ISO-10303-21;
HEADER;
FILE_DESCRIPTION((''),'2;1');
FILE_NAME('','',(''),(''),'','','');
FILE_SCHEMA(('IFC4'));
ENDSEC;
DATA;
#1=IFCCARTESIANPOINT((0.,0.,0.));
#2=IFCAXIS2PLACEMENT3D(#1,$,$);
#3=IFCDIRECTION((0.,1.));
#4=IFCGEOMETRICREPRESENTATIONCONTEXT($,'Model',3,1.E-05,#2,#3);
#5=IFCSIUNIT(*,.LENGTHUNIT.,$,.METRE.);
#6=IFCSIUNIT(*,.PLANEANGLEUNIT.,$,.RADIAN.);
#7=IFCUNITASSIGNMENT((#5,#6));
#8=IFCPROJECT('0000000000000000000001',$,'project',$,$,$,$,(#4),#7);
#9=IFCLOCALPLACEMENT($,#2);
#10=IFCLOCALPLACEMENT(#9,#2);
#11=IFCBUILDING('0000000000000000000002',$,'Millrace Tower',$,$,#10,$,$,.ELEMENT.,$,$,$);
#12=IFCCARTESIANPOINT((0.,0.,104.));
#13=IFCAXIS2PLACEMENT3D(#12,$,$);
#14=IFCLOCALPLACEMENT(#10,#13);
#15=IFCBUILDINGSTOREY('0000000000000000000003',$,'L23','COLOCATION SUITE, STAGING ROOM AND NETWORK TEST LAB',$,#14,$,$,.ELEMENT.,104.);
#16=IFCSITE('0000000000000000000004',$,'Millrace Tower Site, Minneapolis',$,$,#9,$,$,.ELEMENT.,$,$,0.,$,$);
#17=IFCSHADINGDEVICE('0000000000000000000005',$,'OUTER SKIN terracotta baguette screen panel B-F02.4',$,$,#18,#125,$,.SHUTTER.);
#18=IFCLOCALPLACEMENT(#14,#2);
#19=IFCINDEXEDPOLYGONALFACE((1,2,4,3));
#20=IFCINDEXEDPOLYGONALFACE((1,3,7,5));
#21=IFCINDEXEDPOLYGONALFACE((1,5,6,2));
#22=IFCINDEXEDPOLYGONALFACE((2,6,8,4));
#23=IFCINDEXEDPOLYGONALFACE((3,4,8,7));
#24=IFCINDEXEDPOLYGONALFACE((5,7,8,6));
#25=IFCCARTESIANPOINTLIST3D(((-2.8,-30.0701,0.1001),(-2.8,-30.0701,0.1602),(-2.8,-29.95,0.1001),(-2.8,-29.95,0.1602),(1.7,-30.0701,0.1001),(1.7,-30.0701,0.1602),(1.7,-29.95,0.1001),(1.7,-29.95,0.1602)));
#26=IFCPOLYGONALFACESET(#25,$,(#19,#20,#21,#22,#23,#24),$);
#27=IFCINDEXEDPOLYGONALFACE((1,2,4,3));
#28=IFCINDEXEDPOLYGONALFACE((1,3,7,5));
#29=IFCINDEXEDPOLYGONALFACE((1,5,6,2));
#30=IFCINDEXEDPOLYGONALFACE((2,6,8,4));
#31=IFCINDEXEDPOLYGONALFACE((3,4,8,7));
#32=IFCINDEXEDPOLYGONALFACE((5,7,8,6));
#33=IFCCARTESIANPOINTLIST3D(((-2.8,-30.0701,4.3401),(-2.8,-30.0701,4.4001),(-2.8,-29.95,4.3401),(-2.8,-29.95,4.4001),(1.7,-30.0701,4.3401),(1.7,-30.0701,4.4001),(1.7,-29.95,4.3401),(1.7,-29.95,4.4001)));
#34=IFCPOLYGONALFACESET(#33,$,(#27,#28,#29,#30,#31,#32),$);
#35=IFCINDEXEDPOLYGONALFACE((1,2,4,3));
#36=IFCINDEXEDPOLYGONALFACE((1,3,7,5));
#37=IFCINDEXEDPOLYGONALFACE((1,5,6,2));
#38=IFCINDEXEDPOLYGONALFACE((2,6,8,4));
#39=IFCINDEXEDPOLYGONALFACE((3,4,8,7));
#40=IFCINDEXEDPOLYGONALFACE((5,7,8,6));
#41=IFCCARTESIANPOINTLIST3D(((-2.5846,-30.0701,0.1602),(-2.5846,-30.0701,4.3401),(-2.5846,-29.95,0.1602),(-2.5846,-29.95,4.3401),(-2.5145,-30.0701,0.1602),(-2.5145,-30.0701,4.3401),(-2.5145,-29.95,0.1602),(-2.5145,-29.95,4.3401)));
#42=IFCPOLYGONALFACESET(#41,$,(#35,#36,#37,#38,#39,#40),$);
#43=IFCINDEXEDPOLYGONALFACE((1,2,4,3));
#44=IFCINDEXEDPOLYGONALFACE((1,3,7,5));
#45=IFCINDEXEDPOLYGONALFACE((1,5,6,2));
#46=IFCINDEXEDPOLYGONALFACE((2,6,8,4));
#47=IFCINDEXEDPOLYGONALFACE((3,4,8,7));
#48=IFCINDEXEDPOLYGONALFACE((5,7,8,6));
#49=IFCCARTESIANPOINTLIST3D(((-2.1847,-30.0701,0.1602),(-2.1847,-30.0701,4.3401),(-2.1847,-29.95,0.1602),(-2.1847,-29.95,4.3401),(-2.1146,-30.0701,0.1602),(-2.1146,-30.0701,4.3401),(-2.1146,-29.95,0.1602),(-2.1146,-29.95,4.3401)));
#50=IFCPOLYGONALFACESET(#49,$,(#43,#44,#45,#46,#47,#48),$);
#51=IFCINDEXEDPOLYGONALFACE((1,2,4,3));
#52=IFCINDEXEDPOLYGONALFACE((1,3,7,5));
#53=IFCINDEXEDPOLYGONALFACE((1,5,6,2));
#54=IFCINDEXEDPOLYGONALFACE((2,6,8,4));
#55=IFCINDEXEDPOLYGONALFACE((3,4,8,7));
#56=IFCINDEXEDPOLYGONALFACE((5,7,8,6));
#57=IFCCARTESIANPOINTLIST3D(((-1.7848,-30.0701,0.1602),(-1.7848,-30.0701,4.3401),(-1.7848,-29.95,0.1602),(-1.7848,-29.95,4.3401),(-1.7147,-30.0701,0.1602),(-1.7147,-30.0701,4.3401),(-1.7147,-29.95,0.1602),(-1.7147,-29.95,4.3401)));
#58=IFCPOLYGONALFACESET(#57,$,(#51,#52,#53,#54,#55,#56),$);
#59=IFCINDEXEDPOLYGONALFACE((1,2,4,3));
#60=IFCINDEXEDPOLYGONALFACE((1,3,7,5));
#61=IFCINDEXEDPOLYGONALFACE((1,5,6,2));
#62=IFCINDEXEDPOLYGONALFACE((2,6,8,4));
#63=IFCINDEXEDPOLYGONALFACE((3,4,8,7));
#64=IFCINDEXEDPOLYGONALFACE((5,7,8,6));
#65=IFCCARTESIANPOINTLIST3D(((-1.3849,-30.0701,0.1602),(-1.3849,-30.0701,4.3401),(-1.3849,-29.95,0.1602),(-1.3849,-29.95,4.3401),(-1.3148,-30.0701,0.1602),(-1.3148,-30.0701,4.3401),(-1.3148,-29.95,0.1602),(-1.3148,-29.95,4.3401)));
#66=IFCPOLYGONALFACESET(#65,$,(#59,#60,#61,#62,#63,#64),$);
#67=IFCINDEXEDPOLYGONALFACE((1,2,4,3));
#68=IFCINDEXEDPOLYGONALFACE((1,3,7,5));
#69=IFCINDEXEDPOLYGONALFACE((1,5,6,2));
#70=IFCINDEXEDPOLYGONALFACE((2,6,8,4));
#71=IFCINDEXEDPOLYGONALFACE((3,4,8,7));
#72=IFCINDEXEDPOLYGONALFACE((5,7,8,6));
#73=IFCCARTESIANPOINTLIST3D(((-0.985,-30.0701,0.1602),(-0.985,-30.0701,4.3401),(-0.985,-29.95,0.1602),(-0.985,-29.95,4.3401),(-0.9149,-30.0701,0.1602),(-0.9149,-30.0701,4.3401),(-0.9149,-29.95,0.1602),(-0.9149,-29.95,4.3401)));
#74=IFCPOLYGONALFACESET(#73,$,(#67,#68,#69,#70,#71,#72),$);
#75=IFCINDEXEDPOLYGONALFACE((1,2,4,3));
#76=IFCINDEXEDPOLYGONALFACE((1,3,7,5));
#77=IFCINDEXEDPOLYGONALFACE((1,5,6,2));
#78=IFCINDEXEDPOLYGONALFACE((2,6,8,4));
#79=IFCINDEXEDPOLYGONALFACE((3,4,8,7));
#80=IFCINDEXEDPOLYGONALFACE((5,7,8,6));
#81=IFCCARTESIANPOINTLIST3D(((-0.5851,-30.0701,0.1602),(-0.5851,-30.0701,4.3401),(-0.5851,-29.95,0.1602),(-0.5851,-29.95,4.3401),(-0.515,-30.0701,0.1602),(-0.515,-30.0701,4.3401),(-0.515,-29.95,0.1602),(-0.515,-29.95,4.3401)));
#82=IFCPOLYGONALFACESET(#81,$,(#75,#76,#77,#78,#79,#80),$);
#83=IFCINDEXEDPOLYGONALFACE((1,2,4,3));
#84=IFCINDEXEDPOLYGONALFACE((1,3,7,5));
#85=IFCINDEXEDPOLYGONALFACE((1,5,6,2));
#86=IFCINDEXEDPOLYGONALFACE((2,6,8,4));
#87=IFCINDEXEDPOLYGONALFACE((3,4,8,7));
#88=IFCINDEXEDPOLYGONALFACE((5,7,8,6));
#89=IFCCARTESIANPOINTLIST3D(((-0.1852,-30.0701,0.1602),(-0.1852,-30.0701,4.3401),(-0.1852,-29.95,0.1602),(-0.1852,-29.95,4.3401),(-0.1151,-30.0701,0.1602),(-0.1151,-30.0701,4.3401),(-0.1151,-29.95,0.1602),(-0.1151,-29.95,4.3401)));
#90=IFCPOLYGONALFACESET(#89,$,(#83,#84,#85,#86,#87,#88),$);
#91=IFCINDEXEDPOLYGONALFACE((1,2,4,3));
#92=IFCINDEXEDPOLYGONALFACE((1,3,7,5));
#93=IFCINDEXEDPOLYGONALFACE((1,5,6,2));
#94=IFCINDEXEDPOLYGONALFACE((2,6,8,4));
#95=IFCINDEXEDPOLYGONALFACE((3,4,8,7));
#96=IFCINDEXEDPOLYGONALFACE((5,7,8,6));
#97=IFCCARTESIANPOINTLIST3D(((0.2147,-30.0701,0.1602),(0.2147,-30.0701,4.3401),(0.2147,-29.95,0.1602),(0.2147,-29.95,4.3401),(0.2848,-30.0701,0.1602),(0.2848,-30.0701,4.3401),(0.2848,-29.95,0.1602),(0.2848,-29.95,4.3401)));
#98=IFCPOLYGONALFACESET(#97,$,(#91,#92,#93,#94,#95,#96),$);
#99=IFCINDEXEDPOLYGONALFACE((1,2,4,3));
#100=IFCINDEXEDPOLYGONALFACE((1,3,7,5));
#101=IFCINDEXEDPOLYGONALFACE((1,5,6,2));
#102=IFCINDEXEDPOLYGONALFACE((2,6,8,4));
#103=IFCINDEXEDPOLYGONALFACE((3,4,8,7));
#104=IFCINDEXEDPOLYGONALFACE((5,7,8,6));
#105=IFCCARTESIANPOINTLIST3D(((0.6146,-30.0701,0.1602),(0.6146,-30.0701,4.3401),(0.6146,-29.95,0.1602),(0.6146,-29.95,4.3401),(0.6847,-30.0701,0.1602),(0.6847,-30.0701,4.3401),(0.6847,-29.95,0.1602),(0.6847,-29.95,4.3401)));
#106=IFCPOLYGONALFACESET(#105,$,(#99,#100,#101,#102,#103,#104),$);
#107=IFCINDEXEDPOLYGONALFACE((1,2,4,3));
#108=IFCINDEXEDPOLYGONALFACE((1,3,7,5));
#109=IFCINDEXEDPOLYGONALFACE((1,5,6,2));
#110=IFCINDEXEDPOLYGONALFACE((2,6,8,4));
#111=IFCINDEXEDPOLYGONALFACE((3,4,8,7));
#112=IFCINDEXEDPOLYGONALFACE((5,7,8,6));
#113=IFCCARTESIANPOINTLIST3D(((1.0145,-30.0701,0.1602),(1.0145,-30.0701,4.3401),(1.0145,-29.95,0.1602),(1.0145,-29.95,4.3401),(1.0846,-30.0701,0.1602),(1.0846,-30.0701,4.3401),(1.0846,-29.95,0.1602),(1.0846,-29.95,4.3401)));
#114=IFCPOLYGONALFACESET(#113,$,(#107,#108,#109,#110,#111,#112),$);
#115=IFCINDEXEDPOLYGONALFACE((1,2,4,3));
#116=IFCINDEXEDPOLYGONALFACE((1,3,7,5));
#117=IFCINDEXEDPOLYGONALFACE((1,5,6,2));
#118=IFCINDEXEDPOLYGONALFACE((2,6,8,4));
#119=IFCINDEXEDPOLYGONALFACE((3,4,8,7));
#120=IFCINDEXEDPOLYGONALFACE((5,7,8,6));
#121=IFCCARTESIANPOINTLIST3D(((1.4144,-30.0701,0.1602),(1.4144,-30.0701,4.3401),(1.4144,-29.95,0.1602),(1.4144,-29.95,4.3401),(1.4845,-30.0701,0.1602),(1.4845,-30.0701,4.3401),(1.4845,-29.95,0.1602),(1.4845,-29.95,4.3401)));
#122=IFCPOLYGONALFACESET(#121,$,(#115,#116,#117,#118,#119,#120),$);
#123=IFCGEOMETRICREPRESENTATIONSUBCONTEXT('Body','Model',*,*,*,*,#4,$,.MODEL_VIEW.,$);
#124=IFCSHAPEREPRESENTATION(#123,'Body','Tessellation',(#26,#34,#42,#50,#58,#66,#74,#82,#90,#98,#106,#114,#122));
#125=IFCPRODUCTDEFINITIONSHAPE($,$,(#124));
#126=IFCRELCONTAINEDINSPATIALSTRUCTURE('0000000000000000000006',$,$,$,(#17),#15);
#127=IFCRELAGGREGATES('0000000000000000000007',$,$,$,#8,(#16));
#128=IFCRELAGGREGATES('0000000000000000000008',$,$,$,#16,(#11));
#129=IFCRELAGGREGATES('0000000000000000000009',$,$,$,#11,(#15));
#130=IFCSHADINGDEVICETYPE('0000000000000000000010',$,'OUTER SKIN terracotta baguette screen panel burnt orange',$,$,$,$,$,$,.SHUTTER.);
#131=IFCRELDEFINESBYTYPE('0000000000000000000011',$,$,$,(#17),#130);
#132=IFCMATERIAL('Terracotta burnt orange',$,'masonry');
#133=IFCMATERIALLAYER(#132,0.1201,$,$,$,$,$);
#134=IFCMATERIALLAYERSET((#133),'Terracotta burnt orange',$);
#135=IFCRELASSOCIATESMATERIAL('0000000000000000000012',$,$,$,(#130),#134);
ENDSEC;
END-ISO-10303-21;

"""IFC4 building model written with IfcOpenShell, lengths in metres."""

from ifc_helpers import new_model, entity, si_unit, direction, frame, frame_2d, origin, origin_2d, place, context, subcontext, project, spatial, rectangle, extrude, source, transform, mapped, material, layer, layer_set, type_object, element, save


model = new_model("IFC4")

# Units and contexts
model_context = context("Model", 3, precision=1e-05, world=origin(), true_north=direction((0.0, 1.0)))
body_context = subcontext(model_context, "Body", "Model", "MODEL_VIEW")
ifc_project = project(units=[si_unit("LENGTHUNIT", "METRE"), si_unit("PLANEANGLEUNIT", "RADIAN")], contexts=[model_context])

# Site, building, storey
site_placement = place(None, origin())
site = spatial("IfcSite", under=ifc_project, at=site_placement, Name="Millrace Tower Site, Minneapolis", CompositionType="ELEMENT", RefElevation=0.0)
building_placement = place(site_placement, origin())
building = spatial("IfcBuilding", under=site, at=building_placement, Name="Millrace Tower", CompositionType="ELEMENT")
storey_placement = place(building_placement, frame((0.0, 0.0, 104.0)))
storey = spatial("IfcBuildingStorey", under=building, at=storey_placement, Name="L23", Description="COLOCATION SUITE, STAGING ROOM AND NETWORK TEST LAB", CompositionType="ELEMENT", Elevation=104.0)

# Shading device
ifc_material_1 = material(Name="Terracotta burnt orange", Category="masonry")
ifc_layer_1 = layer(ifc_material_1, 0.1201)
ifc_layer_set_1 = layer_set([ifc_layer_1], Name="Terracotta burnt orange")
shading_device_type = type_object("IfcShadingDeviceType", Name="OUTER SKIN terracotta baguette screen panel burnt orange", PredefinedType="SHUTTER", material=ifc_layer_set_1)
cartesian_point_1 = entity("IfcCartesianPoint", [-2.25, 0.0601])
shared_polyline_1 = entity("IfcPolyline", [cartesian_point_1, entity("IfcCartesianPoint", [2.25, 0.0601]), entity("IfcCartesianPoint", [2.25, -0.0601]), entity("IfcCartesianPoint", [-2.25, -0.0601]), cartesian_point_1])
shared_shape_1 = source(origin(), body_context, "Body", "SweptSolid", [
    entity("IfcExtrudedAreaSolid", entity("IfcArbitraryClosedProfileDef", "AREA", None, shared_polyline_1), entity("IfcAxis2Placement3D", entity("IfcCartesianPoint", [0.0, 0.0, 0.0])), entity("IfcDirection", [0.0, 0.0, 1.0]), 0.0601),
    entity("IfcExtrudedAreaSolid", entity("IfcArbitraryClosedProfileDef", "AREA", None, shared_polyline_1), entity("IfcAxis2Placement3D", entity("IfcCartesianPoint", [0.0, 0.0, 4.24])), entity("IfcDirection", [0.0, 0.0, 1.0]), 0.0601),
    extrude(rectangle(XDim=0.0701, YDim=0.1201, at=frame_2d((-1.9995, 0.0))), frame((0.0, 0.0, 0.0601)), (0.0, 0.0, 1.0), 4.1799),
    extrude(rectangle(XDim=0.0701, YDim=0.1201, at=frame_2d((-1.5996, 0.0))), frame((0.0, 0.0, 0.0601)), (0.0, 0.0, 1.0), 4.1799),
    extrude(rectangle(XDim=0.0701, YDim=0.1201, at=frame_2d((-1.1997, 0.0))), frame((0.0, 0.0, 0.0601)), (0.0, 0.0, 1.0), 4.1799),
    extrude(rectangle(XDim=0.0701, YDim=0.1201, at=frame_2d((-0.7998, 0.0))), frame((0.0, 0.0, 0.0601)), (0.0, 0.0, 1.0), 4.1799),
    extrude(rectangle(XDim=0.0701, YDim=0.1201, at=frame_2d((-0.3999, 0.0))), frame((0.0, 0.0, 0.0601)), (0.0, 0.0, 1.0), 4.1799),
    extrude(rectangle(XDim=0.0701, YDim=0.1201, at=origin_2d()), frame((0.0, 0.0, 0.0601)), (0.0, 0.0, 1.0), 4.1799),
    extrude(rectangle(XDim=0.0701, YDim=0.1201, at=frame_2d((0.3999, 0.0))), frame((0.0, 0.0, 0.0601)), (0.0, 0.0, 1.0), 4.1799),
    extrude(rectangle(XDim=0.0701, YDim=0.1201, at=frame_2d((0.7998, 0.0))), frame((0.0, 0.0, 0.0601)), (0.0, 0.0, 1.0), 4.1799),
    extrude(rectangle(XDim=0.0701, YDim=0.1201, at=frame_2d((1.1997, 0.0))), frame((0.0, 0.0, 0.0601)), (0.0, 0.0, 1.0), 4.1799),
    extrude(rectangle(XDim=0.0701, YDim=0.1201, at=frame_2d((1.5996, 0.0))), frame((0.0, 0.0, 0.0601)), (0.0, 0.0, 1.0), 4.1799),
    extrude(rectangle(XDim=0.0701, YDim=0.1201, at=frame_2d((1.9995, 0.0))), frame((0.0, 0.0, 0.0601)), (0.0, 0.0, 1.0), 4.1799),
])
for number, where, z_axis, x_axis, name in (
    (1, (-0.55, -30.01, 0.1001), (0.0, 0.0, 1.0), (1.0, 0.0, 0.0), "OUTER SKIN terracotta baguette screen panel B-F02.4"),
):
    element("IfcShadingDevice", number, at=place(storey_placement, frame(where, z_axis=z_axis, x_axis=x_axis)), inside=storey, type_object=shading_device_type, Name=name, PredefinedType="SHUTTER", context=body_context, shape_type="MappedRepresentation", body=[
        mapped(shared_shape_1, transform((0.0, 0.0, 0.0), scale=1.0)),
    ])

save(model, "model.ifc")
